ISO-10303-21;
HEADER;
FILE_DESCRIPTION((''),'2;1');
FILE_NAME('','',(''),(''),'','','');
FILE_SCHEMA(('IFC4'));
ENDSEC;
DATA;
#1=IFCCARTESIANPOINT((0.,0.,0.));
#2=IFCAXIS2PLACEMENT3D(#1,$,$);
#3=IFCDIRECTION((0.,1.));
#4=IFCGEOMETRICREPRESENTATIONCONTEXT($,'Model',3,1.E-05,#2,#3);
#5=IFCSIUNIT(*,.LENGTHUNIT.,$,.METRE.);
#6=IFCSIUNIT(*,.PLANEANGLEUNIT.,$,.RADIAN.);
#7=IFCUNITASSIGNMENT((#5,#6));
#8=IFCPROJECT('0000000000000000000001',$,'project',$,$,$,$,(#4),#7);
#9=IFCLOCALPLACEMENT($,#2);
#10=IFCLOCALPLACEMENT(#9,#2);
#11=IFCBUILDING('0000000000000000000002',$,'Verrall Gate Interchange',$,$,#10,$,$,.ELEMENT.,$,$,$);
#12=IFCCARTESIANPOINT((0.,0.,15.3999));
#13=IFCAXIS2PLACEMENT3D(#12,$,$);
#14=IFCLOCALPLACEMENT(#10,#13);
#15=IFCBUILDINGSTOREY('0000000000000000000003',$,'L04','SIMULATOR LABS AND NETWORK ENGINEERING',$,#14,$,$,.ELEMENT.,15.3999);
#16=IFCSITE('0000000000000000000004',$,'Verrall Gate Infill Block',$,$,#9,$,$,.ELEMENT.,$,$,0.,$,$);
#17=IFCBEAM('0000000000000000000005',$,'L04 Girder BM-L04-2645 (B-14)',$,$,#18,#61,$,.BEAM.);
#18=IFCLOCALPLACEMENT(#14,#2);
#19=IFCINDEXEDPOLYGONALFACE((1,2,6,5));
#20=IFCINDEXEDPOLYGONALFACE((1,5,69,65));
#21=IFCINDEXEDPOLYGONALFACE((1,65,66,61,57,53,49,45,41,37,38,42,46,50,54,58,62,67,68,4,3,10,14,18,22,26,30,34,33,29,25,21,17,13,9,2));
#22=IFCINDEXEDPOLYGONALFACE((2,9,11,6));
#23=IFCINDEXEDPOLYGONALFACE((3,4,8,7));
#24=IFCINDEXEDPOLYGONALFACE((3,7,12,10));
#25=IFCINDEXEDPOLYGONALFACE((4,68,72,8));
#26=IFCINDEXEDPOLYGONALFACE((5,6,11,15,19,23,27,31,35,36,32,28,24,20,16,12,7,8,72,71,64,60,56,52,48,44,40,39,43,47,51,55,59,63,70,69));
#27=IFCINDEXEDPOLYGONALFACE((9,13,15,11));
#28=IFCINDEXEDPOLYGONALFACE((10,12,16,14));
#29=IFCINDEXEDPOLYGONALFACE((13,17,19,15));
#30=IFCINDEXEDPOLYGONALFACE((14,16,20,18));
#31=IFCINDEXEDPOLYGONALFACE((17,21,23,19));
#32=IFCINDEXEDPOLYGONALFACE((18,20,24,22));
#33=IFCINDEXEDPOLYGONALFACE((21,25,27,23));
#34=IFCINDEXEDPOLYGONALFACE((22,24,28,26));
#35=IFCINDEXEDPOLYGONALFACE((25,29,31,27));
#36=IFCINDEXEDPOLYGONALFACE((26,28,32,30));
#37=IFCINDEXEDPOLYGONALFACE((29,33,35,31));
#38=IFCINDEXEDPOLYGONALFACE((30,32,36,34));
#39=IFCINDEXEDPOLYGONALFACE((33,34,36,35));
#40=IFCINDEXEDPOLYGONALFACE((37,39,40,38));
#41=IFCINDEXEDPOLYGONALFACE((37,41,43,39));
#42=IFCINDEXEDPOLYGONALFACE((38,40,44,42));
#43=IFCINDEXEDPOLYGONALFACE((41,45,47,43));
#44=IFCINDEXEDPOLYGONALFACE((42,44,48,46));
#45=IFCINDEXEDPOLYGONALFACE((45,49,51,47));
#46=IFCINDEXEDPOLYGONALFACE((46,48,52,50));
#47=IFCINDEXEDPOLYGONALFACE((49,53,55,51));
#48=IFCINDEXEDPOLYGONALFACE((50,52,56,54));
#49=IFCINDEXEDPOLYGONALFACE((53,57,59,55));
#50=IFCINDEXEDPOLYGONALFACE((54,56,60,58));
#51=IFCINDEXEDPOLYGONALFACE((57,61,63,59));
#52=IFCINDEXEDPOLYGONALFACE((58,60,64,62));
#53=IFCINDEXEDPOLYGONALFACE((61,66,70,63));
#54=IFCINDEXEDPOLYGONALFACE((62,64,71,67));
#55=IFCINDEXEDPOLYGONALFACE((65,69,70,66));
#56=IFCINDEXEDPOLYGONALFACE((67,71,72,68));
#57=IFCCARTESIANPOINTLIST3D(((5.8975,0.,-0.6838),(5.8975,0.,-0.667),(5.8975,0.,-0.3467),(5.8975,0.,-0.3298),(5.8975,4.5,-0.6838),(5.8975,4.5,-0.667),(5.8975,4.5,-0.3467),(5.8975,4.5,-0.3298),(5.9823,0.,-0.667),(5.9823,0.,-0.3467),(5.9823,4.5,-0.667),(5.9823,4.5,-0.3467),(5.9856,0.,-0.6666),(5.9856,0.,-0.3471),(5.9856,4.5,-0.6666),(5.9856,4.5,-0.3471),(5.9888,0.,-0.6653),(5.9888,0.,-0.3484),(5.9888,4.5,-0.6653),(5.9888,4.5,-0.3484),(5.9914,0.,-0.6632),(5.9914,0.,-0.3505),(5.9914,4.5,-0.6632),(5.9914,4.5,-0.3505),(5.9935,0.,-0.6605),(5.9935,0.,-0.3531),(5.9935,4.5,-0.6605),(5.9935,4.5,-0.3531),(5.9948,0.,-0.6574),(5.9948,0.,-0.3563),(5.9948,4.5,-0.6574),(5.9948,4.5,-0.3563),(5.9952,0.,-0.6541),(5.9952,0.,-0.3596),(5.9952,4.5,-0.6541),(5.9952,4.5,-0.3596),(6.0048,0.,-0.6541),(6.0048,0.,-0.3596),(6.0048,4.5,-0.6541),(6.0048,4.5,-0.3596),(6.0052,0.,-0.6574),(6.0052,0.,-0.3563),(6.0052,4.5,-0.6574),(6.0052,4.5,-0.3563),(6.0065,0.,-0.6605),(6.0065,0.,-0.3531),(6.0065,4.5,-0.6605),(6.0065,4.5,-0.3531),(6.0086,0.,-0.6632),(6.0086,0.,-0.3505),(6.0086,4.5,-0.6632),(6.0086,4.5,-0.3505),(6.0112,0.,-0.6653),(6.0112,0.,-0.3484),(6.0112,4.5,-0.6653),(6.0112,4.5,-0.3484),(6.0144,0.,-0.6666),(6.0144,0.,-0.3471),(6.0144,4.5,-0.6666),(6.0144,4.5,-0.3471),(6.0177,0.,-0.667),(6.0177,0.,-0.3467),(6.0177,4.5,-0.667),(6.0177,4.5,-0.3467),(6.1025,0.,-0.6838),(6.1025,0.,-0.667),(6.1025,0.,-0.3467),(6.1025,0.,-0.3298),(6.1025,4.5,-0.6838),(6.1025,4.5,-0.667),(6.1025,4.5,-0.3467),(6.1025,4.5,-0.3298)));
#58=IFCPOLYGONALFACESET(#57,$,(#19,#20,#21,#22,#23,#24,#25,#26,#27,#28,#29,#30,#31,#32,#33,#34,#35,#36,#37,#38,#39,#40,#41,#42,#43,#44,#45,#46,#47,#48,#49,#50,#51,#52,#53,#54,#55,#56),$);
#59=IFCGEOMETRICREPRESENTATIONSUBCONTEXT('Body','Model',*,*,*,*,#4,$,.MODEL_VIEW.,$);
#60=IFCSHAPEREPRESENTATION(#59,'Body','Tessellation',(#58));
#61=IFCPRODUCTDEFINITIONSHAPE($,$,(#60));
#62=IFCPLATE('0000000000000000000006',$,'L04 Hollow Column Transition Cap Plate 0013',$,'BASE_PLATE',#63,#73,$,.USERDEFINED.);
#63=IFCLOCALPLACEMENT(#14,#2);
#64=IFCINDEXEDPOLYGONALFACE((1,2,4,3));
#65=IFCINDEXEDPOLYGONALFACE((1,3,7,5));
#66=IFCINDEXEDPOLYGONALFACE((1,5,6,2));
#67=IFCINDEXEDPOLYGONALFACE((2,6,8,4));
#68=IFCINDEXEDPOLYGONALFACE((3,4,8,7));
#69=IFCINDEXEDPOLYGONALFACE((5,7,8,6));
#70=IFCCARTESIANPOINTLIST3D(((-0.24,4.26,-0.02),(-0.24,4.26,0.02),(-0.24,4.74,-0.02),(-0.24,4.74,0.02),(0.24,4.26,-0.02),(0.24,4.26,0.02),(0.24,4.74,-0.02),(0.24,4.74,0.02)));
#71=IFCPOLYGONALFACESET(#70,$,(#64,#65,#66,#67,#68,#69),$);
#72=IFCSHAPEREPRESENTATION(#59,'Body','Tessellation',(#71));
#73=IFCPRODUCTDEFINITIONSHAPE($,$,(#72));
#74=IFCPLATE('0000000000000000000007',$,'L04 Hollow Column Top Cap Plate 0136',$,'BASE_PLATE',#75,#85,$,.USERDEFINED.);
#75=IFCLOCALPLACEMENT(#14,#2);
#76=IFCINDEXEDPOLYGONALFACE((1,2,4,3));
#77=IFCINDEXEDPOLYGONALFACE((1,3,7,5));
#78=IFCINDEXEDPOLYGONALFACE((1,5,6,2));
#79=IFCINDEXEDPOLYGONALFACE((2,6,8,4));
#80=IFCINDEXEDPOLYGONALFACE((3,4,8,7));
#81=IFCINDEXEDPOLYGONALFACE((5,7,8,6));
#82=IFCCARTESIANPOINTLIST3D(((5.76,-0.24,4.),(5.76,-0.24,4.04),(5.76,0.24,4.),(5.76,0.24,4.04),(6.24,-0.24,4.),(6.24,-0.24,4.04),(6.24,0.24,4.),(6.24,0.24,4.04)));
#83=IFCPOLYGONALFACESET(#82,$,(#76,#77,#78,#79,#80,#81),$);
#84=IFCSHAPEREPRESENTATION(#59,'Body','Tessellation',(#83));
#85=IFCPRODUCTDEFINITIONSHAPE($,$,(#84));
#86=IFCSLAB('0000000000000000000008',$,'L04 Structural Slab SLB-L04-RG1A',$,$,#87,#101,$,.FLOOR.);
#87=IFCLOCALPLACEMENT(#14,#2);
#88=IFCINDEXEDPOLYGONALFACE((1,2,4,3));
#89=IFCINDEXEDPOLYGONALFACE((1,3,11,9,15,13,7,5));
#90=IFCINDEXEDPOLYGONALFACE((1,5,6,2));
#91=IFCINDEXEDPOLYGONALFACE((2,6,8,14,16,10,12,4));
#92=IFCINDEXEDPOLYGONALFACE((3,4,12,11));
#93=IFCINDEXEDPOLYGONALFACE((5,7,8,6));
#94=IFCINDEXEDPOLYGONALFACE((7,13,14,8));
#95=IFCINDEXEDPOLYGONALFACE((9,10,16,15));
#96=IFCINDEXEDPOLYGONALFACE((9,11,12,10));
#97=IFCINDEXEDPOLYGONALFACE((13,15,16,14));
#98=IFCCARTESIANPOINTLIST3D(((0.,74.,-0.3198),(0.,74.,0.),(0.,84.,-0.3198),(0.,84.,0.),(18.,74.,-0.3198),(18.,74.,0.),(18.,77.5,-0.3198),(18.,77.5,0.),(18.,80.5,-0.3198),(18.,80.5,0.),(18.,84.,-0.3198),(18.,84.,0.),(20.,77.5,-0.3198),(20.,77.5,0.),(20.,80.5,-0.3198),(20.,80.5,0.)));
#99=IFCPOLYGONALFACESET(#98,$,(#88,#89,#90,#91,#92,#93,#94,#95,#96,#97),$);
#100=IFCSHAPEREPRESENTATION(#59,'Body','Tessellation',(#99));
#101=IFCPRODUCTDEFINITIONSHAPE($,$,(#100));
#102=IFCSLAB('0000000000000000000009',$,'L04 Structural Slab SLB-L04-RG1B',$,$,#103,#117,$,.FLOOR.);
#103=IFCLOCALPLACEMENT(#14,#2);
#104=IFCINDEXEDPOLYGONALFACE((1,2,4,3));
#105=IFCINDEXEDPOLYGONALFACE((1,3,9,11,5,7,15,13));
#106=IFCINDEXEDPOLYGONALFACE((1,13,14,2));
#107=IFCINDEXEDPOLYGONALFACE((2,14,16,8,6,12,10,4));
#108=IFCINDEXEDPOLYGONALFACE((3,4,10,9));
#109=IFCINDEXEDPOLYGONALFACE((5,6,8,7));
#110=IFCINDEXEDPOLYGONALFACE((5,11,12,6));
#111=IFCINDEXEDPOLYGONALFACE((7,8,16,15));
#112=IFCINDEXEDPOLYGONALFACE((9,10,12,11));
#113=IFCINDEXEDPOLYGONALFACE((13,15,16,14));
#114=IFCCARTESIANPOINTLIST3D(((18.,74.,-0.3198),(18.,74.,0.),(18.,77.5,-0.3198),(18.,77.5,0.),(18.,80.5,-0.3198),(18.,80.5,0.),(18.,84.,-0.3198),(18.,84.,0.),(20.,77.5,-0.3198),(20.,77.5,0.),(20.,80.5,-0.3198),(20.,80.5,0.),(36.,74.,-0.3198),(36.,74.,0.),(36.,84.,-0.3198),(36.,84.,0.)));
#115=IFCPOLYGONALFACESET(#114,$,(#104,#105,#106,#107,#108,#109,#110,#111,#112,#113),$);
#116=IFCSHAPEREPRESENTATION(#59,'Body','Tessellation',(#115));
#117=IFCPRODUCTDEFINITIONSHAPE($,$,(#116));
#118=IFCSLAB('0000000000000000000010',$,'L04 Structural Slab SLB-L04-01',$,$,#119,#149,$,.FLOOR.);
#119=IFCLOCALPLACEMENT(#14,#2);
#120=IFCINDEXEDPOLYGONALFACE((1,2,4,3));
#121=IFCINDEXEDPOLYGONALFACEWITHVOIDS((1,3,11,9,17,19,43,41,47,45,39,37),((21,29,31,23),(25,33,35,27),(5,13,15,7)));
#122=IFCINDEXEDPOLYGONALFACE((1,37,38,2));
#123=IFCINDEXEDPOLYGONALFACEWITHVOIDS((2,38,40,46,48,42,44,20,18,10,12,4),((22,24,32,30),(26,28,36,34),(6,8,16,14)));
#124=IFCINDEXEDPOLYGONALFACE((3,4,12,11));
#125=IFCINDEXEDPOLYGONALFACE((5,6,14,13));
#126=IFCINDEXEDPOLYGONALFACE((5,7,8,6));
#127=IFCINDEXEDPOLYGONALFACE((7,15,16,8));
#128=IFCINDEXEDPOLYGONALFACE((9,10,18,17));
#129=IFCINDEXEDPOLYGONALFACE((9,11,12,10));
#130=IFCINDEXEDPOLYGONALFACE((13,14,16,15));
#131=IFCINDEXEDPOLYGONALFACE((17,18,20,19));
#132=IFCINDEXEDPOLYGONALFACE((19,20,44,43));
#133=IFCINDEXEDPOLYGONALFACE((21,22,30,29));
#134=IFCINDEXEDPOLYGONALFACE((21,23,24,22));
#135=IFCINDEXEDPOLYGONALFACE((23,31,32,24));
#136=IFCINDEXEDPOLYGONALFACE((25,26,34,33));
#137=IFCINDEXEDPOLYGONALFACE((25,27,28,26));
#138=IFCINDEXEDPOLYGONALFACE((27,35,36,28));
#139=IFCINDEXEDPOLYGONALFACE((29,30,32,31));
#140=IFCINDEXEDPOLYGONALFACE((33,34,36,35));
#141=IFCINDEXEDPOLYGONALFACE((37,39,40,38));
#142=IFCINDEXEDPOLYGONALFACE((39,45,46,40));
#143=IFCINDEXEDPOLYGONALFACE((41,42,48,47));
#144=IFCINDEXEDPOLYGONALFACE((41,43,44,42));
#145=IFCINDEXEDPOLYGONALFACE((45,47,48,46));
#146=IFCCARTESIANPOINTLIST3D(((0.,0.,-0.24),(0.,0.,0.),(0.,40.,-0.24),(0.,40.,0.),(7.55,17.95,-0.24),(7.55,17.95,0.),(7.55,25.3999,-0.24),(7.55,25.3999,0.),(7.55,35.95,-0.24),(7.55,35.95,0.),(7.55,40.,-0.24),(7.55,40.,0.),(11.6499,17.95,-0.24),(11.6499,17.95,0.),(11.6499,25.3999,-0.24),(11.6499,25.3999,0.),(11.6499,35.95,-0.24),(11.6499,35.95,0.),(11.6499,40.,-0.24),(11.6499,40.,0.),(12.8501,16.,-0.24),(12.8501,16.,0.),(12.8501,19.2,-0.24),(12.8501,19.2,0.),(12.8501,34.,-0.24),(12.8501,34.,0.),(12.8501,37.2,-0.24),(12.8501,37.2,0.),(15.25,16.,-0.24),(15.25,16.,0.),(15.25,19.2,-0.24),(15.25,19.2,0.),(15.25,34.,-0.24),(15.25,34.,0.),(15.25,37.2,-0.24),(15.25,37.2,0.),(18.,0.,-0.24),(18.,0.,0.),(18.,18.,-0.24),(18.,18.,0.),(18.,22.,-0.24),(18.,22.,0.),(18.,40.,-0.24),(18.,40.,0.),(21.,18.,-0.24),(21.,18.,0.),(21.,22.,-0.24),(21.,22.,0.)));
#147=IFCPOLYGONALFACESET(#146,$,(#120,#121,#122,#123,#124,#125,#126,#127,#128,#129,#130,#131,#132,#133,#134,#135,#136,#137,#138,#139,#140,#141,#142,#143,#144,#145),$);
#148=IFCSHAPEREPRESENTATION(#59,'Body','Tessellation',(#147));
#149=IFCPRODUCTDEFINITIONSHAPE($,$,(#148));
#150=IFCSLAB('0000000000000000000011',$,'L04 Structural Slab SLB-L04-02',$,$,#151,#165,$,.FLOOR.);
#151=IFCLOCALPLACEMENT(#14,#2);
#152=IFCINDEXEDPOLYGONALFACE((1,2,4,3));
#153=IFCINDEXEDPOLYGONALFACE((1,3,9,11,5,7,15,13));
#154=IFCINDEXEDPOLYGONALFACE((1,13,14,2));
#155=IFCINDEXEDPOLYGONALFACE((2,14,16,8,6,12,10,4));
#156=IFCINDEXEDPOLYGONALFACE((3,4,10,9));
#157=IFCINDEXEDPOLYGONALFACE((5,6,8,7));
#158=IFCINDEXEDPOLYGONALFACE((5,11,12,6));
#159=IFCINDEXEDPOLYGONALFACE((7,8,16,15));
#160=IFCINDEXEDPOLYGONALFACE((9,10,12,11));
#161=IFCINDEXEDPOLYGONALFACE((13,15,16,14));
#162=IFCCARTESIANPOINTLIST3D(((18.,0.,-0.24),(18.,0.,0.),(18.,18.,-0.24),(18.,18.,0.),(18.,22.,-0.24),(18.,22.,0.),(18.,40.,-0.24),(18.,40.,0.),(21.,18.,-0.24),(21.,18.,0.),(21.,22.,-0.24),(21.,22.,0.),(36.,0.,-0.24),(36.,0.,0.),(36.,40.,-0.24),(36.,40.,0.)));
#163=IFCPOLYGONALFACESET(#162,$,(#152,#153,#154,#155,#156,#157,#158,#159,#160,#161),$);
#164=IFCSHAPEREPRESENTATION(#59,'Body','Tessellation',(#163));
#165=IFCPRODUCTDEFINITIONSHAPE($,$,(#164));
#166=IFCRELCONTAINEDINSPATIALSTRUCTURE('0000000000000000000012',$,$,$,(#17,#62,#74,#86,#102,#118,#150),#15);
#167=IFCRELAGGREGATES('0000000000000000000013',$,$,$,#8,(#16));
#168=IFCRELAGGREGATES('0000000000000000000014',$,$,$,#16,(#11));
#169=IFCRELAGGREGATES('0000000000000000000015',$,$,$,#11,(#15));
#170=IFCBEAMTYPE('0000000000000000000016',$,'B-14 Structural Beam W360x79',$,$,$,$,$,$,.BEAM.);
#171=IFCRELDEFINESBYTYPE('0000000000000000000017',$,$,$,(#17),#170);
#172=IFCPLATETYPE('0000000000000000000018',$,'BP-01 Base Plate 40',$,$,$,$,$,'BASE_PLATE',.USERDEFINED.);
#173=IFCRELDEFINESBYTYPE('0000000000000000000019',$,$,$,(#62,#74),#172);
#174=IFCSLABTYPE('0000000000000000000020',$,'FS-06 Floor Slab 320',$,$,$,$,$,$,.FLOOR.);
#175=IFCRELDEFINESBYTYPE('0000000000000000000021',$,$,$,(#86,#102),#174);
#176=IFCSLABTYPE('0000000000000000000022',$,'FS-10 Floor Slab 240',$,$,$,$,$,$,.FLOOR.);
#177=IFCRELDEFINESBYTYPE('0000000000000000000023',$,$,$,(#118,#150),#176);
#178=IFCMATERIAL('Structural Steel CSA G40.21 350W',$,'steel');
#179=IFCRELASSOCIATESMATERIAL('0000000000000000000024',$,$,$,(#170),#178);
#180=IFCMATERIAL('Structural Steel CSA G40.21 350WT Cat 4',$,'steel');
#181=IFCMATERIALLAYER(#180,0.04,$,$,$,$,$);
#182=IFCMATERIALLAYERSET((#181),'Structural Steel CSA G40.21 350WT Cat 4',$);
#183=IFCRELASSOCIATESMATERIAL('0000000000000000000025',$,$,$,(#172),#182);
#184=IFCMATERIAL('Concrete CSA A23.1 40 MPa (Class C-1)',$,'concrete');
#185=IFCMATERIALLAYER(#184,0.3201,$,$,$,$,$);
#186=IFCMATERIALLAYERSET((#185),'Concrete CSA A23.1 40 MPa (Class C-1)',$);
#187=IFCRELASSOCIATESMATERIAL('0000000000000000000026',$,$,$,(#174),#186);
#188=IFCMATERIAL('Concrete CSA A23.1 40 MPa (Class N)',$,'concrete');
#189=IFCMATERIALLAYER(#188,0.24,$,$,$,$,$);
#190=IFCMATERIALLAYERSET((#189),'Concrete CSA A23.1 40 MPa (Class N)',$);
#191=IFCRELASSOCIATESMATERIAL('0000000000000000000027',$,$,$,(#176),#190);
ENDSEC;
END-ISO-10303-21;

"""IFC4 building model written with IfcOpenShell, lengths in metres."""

from ifc_helpers import new_model, si_unit, direction, frame, origin, origin_2d, place, context, subcontext, project, spatial, polyline, rectangle, i_section, outline, extrude, material, layer, layer_set, material_profile, profile_set, type_object, element, save


model = new_model("IFC4")

# Units and contexts
model_context = context("Model", 3, precision=1e-05, world=origin(), true_north=direction((0.0, 1.0)))
body_context = subcontext(model_context, "Body", "Model", "MODEL_VIEW")
ifc_project = project(units=[si_unit("LENGTHUNIT", "METRE"), si_unit("PLANEANGLEUNIT", "RADIAN")], contexts=[model_context])

# Site, building, storey
site_placement = place(None, origin())
site = spatial("IfcSite", under=ifc_project, at=site_placement, Name="Verrall Gate Infill Block", CompositionType="ELEMENT", RefElevation=0.0)
building_placement = place(site_placement, origin())
building = spatial("IfcBuilding", under=site, at=building_placement, Name="Verrall Gate Interchange", CompositionType="ELEMENT")
storey_placement = place(building_placement, frame((0.0, 0.0, 15.3999)))
storey = spatial("IfcBuildingStorey", under=building, at=storey_placement, Name="L04", Description="SIMULATOR LABS AND NETWORK ENGINEERING", CompositionType="ELEMENT", Elevation=15.3999)

# Beam
ifc_material_1 = material(Name="Structural Steel CSA G40.21 350W", Category="steel")
ifc_material_profile_1 = material_profile(ifc_material_1, i_section(OverallWidth=0.2051, OverallDepth=0.354, WebThickness=0.0095, FlangeThickness=0.0168, FilletRadius=0.0129, at=origin_2d()), Name="W360x79")
ifc_profile_set_1 = profile_set([ifc_material_profile_1], Name="Structural Steel CSA G40.21 350W")
beam_type_1 = type_object("IfcBeamType", Name="B-14 Structural Beam W360x79", PredefinedType="BEAM", material=ifc_profile_set_1)
beam_1_placement = place(storey_placement, frame((6.0, 0.0, -0.5068), z_axis=(0.0, 1.0, 0.0), x_axis=(-1.0, 0.0, 0.0)))
element("IfcBeam", 1, at=beam_1_placement, inside=storey, type_object=beam_type_1, Name="L04 Girder BM-L04-2645 (B-14)", PredefinedType="BEAM", context=body_context, shape_type="SweptSolid", body=[
    extrude(i_section(OverallWidth=0.2051, OverallDepth=0.354, WebThickness=0.0095, FlangeThickness=0.0168, FilletRadius=0.0129, at=origin_2d()), origin(), (0.0, 0.0, 1.0), 4.5),
])

# Plates
ifc_material_2 = material(Name="Structural Steel CSA G40.21 350WT Cat 4", Category="steel")
ifc_layer_1 = layer(ifc_material_2, 0.04)
ifc_layer_set_1 = layer_set([ifc_layer_1], Name="Structural Steel CSA G40.21 350WT Cat 4")
plate_type = type_object("IfcPlateType", Name="BP-01 Base Plate 40", ElementType="BASE_PLATE", PredefinedType="USERDEFINED", material=ifc_layer_set_1)
for number, where, z_axis, x_axis, name in (
    (2, (0.0, 4.5, -0.02), (0.0, 0.0, 1.0), (1.0, 0.0, 0.0), "L04 Hollow Column Transition Cap Plate 0013"),
    (3, (6.0, 0.0, 4.0), (0.0, 0.0, 1.0), (1.0, 0.0, 0.0), "L04 Hollow Column Top Cap Plate 0136"),
):
    element("IfcPlate", number, at=place(storey_placement, frame(where, z_axis=z_axis, x_axis=x_axis)), inside=storey, type_object=plate_type, Name=name, ObjectType="BASE_PLATE", PredefinedType="USERDEFINED", context=body_context, shape_type="SweptSolid", body=[
        extrude(rectangle(XDim=0.48, YDim=0.48, at=origin_2d()), origin(), (0.0, 0.0, 1.0), 0.04),
    ])

# Slabs
ifc_material_3 = material(Name="Concrete CSA A23.1 40 MPa (Class C-1)", Category="concrete")
ifc_layer_2 = layer(ifc_material_3, 0.3201)
ifc_layer_set_2 = layer_set([ifc_layer_2], Name="Concrete CSA A23.1 40 MPa (Class C-1)")
slab_type_1 = type_object("IfcSlabType", Name="FS-06 Floor Slab 320", PredefinedType="FLOOR", material=ifc_layer_set_2)
slab_1_placement = place(storey_placement, frame((0.0, 0.0, -0.3198)))
element("IfcSlab", 4, at=slab_1_placement, inside=storey, type_object=slab_type_1, Name="L04 Structural Slab SLB-L04-RG1A", PredefinedType="FLOOR", context=body_context, shape_type="SweptSolid", body=[
    extrude(outline(polyline([(0.0, 84.0), (18.0, 84.0), (18.0, 80.5), (20.0, 80.5), (20.0, 77.5), (18.0, 77.5), (18.0, 74.0), (0.0, 74.0), (0.0, 84.0)])), origin(), (0.0, 0.0, 1.0), 0.3198),
])
slab_2_placement = place(storey_placement, frame((0.0, 0.0, -0.3198)))
element("IfcSlab", 5, at=slab_2_placement, inside=storey, type_object=slab_type_1, Name="L04 Structural Slab SLB-L04-RG1B", PredefinedType="FLOOR", context=body_context, shape_type="SweptSolid", body=[
    extrude(outline(polyline([(36.0, 74.0), (18.0, 74.0), (18.0, 77.5), (20.0, 77.5), (20.0, 80.5), (18.0, 80.5), (18.0, 84.0), (36.0, 84.0), (36.0, 74.0)])), origin(), (0.0, 0.0, 1.0), 0.3198),
])
ifc_material_4 = material(Name="Concrete CSA A23.1 40 MPa (Class N)", Category="concrete")
ifc_layer_3 = layer(ifc_material_4, 0.24)
ifc_layer_set_3 = layer_set([ifc_layer_3], Name="Concrete CSA A23.1 40 MPa (Class N)")
slab_type_2 = type_object("IfcSlabType", Name="FS-10 Floor Slab 240", PredefinedType="FLOOR", material=ifc_layer_set_3)
slab_3_placement = place(storey_placement, frame((0.0, 0.0, -0.24)))
element("IfcSlab", 6, at=slab_3_placement, inside=storey, type_object=slab_type_2, Name="L04 Structural Slab SLB-L04-01", PredefinedType="FLOOR", context=body_context, shape_type="SweptSolid", body=[
    extrude(outline(polyline([(0.0, 0.0), (0.0, 40.0), (7.55, 40.0), (7.55, 35.95), (11.6499, 35.95), (11.6499, 40.0), (18.0, 40.0), (18.0, 22.0), (21.0, 22.0), (21.0, 18.0), (18.0, 18.0), (18.0, 0.0), (0.0, 0.0)]), holes=[polyline([(12.8501, 16.0), (15.25, 16.0), (15.25, 19.2), (12.8501, 19.2), (12.8501, 16.0)]), polyline([(12.8501, 37.2), (12.8501, 34.0), (15.25, 34.0), (15.25, 37.2), (12.8501, 37.2)]), polyline([(7.55, 25.3999), (7.55, 17.95), (11.6499, 17.95), (11.6499, 25.3999), (7.55, 25.3999)])]), origin(), (0.0, 0.0, 1.0), 0.24),
])
slab_4_placement = place(storey_placement, frame((0.0, 0.0, -0.24)))
element("IfcSlab", 7, at=slab_4_placement, inside=storey, type_object=slab_type_2, Name="L04 Structural Slab SLB-L04-02", PredefinedType="FLOOR", context=body_context, shape_type="SweptSolid", body=[
    extrude(outline(polyline([(36.0, 0.0), (18.0, 0.0), (18.0, 18.0), (21.0, 18.0), (21.0, 22.0), (18.0, 22.0), (18.0, 40.0), (36.0, 40.0), (36.0, 0.0)])), origin(), (0.0, 0.0, 1.0), 0.24),
])

save(model, "model.ifc")
